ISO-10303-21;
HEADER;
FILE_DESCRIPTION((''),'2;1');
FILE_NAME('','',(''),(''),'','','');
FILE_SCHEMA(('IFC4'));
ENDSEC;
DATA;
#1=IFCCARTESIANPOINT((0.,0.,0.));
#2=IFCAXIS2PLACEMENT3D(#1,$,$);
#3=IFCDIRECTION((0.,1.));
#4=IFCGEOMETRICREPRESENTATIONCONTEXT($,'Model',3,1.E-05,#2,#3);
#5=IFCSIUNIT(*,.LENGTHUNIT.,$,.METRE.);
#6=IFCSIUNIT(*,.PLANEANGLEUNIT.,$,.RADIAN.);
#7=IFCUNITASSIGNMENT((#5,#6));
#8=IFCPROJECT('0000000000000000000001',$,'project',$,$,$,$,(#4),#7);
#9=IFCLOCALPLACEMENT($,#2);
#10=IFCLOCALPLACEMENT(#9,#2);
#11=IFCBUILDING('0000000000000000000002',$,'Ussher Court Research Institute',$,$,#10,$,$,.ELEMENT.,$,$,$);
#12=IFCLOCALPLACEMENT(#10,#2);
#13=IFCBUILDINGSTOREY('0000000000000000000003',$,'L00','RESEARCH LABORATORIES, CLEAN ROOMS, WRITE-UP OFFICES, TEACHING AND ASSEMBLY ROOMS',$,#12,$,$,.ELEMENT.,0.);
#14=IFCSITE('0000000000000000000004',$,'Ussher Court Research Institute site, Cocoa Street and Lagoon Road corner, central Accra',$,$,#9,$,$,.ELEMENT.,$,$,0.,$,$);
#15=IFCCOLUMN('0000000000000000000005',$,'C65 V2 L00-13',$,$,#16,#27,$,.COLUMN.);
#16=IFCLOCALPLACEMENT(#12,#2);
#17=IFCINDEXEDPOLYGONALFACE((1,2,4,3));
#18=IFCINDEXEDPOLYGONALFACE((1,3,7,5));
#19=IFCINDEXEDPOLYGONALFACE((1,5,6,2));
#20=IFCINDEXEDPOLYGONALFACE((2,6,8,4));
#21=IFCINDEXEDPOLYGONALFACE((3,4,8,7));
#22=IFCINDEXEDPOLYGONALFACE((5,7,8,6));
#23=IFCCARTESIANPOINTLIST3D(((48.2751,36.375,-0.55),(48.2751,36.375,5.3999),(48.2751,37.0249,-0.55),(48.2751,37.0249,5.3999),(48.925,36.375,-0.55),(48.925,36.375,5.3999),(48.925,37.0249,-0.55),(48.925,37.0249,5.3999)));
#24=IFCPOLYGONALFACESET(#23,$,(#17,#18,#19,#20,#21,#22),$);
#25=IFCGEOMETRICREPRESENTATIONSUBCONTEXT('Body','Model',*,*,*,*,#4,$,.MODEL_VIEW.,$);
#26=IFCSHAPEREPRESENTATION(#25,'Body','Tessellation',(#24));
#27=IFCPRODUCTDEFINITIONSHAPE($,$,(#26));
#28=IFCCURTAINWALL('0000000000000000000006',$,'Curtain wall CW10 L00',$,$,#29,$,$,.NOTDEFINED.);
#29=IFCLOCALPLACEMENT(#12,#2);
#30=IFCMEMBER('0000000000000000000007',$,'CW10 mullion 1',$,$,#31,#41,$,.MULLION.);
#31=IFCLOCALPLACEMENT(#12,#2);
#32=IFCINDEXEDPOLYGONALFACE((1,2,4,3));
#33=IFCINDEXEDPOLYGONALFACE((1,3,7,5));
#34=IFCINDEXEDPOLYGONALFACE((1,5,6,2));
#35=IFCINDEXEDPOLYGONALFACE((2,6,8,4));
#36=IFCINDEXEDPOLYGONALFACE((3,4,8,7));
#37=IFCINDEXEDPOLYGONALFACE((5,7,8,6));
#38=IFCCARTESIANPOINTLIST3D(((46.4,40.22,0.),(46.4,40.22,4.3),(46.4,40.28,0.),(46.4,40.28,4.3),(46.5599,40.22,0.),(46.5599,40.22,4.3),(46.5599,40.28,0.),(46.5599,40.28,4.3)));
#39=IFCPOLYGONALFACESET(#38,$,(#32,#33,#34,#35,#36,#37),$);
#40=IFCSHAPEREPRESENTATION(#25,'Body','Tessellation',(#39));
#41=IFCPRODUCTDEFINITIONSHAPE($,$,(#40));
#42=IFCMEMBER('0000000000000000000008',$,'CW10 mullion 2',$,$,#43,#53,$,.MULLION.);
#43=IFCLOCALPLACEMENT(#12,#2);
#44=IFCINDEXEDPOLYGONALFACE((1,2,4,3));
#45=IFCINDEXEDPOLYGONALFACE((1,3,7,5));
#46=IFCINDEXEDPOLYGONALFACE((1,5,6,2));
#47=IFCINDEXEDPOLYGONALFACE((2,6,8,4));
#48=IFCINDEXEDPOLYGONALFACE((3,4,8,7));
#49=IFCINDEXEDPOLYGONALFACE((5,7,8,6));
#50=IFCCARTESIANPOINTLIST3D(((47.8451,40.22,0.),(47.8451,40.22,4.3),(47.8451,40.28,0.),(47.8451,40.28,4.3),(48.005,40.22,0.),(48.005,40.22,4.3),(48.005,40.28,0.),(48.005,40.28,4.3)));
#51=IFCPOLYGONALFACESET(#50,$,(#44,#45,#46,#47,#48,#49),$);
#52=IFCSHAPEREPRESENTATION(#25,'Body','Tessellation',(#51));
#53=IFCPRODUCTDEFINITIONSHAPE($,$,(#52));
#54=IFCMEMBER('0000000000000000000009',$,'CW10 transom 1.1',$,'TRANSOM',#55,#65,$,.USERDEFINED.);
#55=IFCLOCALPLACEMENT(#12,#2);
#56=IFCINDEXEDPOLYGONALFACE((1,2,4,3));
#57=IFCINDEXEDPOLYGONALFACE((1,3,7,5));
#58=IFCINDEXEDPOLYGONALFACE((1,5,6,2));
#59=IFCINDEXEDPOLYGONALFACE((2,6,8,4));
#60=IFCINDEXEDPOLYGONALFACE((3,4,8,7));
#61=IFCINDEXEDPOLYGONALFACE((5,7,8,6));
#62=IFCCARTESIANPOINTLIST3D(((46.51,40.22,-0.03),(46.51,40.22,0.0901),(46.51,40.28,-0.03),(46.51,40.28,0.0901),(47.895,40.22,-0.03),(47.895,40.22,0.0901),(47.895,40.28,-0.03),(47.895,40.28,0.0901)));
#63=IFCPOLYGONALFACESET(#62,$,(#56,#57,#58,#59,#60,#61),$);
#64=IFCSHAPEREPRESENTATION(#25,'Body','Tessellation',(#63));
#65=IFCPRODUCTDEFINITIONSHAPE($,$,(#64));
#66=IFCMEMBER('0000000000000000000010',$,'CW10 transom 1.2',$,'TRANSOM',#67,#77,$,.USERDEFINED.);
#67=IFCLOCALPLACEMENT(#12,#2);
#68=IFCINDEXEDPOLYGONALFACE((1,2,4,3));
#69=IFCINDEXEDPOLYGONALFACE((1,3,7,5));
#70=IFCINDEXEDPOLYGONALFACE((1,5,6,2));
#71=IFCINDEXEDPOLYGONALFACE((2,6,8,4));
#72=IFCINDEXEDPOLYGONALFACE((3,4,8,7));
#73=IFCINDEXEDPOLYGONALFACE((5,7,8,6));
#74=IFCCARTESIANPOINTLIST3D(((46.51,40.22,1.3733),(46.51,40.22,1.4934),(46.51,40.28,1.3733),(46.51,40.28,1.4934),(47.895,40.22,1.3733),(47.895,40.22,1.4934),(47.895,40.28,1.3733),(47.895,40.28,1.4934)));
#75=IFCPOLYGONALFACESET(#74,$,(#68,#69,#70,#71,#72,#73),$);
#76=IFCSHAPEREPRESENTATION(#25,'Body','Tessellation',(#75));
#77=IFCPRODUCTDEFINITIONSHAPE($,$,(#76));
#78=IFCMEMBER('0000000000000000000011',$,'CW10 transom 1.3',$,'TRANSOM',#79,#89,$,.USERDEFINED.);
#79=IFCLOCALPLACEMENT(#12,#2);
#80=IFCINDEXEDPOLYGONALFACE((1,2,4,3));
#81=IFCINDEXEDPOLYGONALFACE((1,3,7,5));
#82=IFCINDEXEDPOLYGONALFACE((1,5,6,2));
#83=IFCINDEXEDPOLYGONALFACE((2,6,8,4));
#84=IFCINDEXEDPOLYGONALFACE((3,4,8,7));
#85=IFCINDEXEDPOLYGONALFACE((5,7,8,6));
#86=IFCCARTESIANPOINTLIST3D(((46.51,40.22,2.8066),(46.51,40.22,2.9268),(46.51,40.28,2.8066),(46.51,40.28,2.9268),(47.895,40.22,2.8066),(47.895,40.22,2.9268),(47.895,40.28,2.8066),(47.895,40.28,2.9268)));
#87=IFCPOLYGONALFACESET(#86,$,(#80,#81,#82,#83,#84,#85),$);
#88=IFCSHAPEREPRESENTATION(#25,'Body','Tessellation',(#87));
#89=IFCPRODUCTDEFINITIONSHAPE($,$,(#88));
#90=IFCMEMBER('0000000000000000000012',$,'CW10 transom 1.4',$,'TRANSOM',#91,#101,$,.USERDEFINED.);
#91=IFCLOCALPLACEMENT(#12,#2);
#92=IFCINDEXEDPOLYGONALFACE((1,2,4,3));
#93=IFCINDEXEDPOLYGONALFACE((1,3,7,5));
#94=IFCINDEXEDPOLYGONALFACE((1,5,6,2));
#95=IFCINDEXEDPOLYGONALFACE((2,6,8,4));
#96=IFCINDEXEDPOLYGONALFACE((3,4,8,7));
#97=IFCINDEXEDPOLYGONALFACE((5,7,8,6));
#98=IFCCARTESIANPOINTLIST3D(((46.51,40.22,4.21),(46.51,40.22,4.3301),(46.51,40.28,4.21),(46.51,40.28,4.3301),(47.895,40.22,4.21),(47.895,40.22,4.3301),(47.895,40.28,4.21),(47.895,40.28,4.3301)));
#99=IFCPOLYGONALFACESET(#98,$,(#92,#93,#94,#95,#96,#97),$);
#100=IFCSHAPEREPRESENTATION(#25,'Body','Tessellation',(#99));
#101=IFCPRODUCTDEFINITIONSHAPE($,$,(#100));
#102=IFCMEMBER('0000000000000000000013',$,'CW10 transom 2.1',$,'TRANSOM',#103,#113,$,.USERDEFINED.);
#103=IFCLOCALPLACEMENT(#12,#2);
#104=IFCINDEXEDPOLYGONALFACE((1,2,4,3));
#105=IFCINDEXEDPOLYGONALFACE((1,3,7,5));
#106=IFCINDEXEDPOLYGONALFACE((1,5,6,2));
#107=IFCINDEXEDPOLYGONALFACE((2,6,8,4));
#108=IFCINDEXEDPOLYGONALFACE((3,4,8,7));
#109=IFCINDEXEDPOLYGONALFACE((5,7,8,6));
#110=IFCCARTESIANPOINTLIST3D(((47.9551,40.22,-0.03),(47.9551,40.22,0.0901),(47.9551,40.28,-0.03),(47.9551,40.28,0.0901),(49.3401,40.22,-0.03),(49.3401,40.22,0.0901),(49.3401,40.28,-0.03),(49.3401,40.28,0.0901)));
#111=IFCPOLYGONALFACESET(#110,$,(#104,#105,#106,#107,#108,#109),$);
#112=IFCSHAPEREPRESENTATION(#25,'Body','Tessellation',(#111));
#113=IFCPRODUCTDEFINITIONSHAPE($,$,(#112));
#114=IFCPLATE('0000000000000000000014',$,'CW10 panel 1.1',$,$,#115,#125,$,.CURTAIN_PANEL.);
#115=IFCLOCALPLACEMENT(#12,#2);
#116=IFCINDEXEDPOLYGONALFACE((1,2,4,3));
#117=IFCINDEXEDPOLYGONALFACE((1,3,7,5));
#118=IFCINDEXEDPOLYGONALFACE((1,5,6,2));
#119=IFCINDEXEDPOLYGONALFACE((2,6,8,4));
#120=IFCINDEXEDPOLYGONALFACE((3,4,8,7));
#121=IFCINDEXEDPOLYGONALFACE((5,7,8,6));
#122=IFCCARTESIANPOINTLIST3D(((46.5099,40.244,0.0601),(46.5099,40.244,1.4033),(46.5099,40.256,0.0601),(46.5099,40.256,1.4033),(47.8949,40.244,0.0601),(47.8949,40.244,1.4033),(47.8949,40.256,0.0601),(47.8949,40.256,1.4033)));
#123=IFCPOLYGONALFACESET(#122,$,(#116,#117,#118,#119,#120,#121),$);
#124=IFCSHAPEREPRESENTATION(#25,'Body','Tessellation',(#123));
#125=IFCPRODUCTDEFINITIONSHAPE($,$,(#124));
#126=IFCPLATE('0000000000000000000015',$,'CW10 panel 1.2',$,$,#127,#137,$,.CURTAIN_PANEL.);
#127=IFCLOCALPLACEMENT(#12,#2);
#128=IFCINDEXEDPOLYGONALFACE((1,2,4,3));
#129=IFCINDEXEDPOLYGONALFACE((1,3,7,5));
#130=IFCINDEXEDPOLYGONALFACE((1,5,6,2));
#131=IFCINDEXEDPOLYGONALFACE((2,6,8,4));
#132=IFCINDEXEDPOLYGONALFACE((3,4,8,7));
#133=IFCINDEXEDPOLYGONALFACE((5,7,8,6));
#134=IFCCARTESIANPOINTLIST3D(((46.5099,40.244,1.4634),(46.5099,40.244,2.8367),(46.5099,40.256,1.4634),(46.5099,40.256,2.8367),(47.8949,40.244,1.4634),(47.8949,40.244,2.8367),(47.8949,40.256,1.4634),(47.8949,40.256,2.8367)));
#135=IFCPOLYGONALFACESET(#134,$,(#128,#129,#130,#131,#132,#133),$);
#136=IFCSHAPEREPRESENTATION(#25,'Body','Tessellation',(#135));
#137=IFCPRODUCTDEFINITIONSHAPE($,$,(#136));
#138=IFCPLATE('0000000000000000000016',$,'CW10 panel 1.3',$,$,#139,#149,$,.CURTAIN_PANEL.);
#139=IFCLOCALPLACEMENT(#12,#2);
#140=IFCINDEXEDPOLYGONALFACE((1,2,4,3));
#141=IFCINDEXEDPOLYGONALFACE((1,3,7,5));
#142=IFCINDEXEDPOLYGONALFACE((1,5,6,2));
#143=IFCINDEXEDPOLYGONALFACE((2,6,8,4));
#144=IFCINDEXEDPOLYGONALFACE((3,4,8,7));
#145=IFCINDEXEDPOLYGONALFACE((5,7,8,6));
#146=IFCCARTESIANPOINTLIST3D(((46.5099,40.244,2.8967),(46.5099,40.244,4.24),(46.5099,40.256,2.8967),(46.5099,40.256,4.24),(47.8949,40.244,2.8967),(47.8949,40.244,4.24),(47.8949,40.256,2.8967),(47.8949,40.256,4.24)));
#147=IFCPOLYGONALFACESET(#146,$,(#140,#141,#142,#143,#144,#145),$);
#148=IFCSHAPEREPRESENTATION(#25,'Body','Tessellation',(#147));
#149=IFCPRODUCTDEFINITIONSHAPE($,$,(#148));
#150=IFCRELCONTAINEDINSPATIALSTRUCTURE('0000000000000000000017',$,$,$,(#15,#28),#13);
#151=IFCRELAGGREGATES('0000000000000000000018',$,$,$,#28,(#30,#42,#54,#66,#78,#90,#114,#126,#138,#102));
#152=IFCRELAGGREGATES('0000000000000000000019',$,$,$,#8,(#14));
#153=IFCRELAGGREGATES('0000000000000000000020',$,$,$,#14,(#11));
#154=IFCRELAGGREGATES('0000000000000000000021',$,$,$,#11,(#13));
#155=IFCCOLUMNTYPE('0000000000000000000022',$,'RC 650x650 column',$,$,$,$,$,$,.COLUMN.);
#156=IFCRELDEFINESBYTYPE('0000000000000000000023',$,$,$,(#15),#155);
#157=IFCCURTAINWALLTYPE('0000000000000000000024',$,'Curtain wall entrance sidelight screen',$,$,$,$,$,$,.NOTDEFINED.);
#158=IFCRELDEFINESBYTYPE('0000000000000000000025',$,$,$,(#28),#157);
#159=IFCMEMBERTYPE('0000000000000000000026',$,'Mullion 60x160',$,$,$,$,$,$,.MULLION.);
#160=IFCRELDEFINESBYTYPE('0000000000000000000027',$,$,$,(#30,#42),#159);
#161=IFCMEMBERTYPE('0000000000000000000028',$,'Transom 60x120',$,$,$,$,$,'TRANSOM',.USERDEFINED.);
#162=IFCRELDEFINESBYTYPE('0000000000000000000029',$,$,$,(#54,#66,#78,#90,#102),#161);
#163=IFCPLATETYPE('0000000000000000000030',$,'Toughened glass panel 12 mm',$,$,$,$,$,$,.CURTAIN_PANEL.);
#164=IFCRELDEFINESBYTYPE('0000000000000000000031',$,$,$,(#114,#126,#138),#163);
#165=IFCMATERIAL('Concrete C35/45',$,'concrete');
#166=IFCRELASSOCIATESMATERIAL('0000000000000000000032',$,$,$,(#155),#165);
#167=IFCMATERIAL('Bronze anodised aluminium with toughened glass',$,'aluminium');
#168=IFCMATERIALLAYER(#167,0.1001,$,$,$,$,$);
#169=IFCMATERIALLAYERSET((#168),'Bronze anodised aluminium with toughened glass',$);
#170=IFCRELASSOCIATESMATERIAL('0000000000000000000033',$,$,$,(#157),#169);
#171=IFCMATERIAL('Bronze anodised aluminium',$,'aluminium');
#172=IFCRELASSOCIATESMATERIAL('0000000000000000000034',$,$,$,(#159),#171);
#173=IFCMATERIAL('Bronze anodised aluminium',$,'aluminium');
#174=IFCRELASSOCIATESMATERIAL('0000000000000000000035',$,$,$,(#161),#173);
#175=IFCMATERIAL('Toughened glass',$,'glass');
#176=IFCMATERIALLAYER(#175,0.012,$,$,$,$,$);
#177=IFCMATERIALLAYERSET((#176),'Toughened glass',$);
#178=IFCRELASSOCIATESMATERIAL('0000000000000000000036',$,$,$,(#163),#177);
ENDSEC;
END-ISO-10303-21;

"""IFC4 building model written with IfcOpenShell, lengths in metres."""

from ifc_helpers import new_model, si_unit, direction, frame, origin, origin_2d, place, context, subcontext, project, spatial, rectangle, extrude, material, layer, layer_set, material_profile, profile_set, type_object, element, aggregate, save


model = new_model("IFC4")

# Units and contexts
model_context = context("Model", 3, precision=1e-05, world=origin(), true_north=direction((0.0, 1.0)))
body_context = subcontext(model_context, "Body", "Model", "MODEL_VIEW")
ifc_project = project(units=[si_unit("LENGTHUNIT", "METRE"), si_unit("PLANEANGLEUNIT", "RADIAN")], contexts=[model_context])

# Site, building, storey
site_placement = place(None, origin())
site = spatial("IfcSite", under=ifc_project, at=site_placement, Name="Ussher Court Research Institute site, Cocoa Street and Lagoon Road corner, central Accra", CompositionType="ELEMENT", RefElevation=0.0)
building_placement = place(site_placement, origin())
building = spatial("IfcBuilding", under=site, at=building_placement, Name="Ussher Court Research Institute", CompositionType="ELEMENT")
storey_placement = place(building_placement, origin())
storey = spatial("IfcBuildingStorey", under=building, at=storey_placement, Name="L00", Description="RESEARCH LABORATORIES, CLEAN ROOMS, WRITE-UP OFFICES, TEACHING AND ASSEMBLY ROOMS", CompositionType="ELEMENT", Elevation=0.0)

# Column
ifc_material_1 = material(Name="Concrete C35/45", Category="concrete")
ifc_material_profile_1 = material_profile(ifc_material_1, rectangle(XDim=0.6499, YDim=0.6499, at=origin_2d()), Name="RC 650x650")
ifc_profile_set_1 = profile_set([ifc_material_profile_1], Name="Concrete C35/45")
column_type_1 = type_object("IfcColumnType", Name="RC 650x650 column", PredefinedType="COLUMN", material=ifc_profile_set_1)
column_1_placement = place(storey_placement, frame((48.6001, 36.7, -0.55), z_axis=(0.0, 0.0, 1.0), x_axis=(1.0, 0.0, 0.0)))
element("IfcColumn", 1, at=column_1_placement, inside=storey, type_object=column_type_1, Name="C65 V2 L00-13", PredefinedType="COLUMN", context=body_context, shape_type="SweptSolid", body=[
    extrude(rectangle(XDim=0.6499, YDim=0.6499, at=origin_2d()), origin(), (0.0, 0.0, 1.0), 5.95),
])

# Curtain wall, members, plates
ifc_material_2 = material(Name="Bronze anodised aluminium with toughened glass", Category="aluminium")
ifc_layer_1 = layer(ifc_material_2, 0.1001)
ifc_layer_set_1 = layer_set([ifc_layer_1], Name="Bronze anodised aluminium with toughened glass")
curtain_wall_type = type_object("IfcCurtainWallType", Name="Curtain wall entrance sidelight screen", PredefinedType="NOTDEFINED", material=ifc_layer_set_1)
curtain_wall_placement = place(storey_placement, origin())
curtain_wall = element("IfcCurtainWall", 2, at=curtain_wall_placement, inside=storey, type_object=curtain_wall_type, Name="Curtain wall CW10 L00", PredefinedType="NOTDEFINED")
ifc_material_3 = material(Name="Bronze anodised aluminium", Category="aluminium")
ifc_material_profile_2 = material_profile(ifc_material_3, rectangle(XDim=0.0601, YDim=0.1599, at=origin_2d()), Name="Mullion 60x160")
ifc_profile_set_2 = profile_set([ifc_material_profile_2], Name="Bronze anodised aluminium")
member_type_1 = type_object("IfcMemberType", Name="Mullion 60x160", PredefinedType="MULLION", material=ifc_profile_set_2)
member_1_placement = place(storey_placement, frame((46.48, 40.25, 0.0), z_axis=(0.0, 0.0, 1.0), x_axis=(0.0, 1.0, 0.0)))
member_1 = element("IfcMember", 3, at=member_1_placement, type_object=member_type_1, Name="CW10 mullion 1", PredefinedType="MULLION", context=body_context, shape_type="SweptSolid", body=[
    extrude(rectangle(XDim=0.0601, YDim=0.1599, at=origin_2d()), origin(), (0.0, 0.0, 1.0), 4.3),
])
member_2_placement = place(storey_placement, frame((47.925, 40.25, 0.0), z_axis=(0.0, 0.0, 1.0), x_axis=(0.0, 1.0, 0.0)))
member_2 = element("IfcMember", 4, at=member_2_placement, type_object=member_type_1, Name="CW10 mullion 2", PredefinedType="MULLION", context=body_context, shape_type="SweptSolid", body=[
    extrude(rectangle(XDim=0.0601, YDim=0.1599, at=origin_2d()), origin(), (0.0, 0.0, 1.0), 4.3),
])
ifc_material_4 = material(Name="Bronze anodised aluminium", Category="aluminium")
ifc_material_profile_3 = material_profile(ifc_material_4, rectangle(XDim=0.0601, YDim=0.1201, at=origin_2d()), Name="Transom 60x120")
ifc_profile_set_3 = profile_set([ifc_material_profile_3], Name="Bronze anodised aluminium")
member_type_2 = type_object("IfcMemberType", Name="Transom 60x120", ElementType="TRANSOM", PredefinedType="USERDEFINED", material=ifc_profile_set_3)
member_3_placement = place(storey_placement, frame((46.51, 40.25, 0.03), z_axis=(1.0, 0.0, 0.0), x_axis=(0.0, 1.0, 0.0)))
member_3 = element("IfcMember", 5, at=member_3_placement, type_object=member_type_2, Name="CW10 transom 1.1", ObjectType="TRANSOM", PredefinedType="USERDEFINED", context=body_context, shape_type="SweptSolid", body=[
    extrude(rectangle(XDim=0.0601, YDim=0.1201, at=origin_2d()), origin(), (0.0, 0.0, 1.0), 1.385),
])
member_4_placement = place(storey_placement, frame((46.51, 40.25, 1.4333), z_axis=(1.0, 0.0, 0.0), x_axis=(0.0, 1.0, 0.0)))
member_4 = element("IfcMember", 6, at=member_4_placement, type_object=member_type_2, Name="CW10 transom 1.2", ObjectType="TRANSOM", PredefinedType="USERDEFINED", context=body_context, shape_type="SweptSolid", body=[
    extrude(rectangle(XDim=0.0601, YDim=0.1201, at=origin_2d()), origin(), (0.0, 0.0, 1.0), 1.385),
])
member_5_placement = place(storey_placement, frame((46.51, 40.25, 2.8667), z_axis=(1.0, 0.0, 0.0), x_axis=(0.0, 1.0, 0.0)))
member_5 = element("IfcMember", 7, at=member_5_placement, type_object=member_type_2, Name="CW10 transom 1.3", ObjectType="TRANSOM", PredefinedType="USERDEFINED", context=body_context, shape_type="SweptSolid", body=[
    extrude(rectangle(XDim=0.0601, YDim=0.1201, at=origin_2d()), origin(), (0.0, 0.0, 1.0), 1.385),
])
member_6_placement = place(storey_placement, frame((46.51, 40.25, 4.27), z_axis=(1.0, 0.0, 0.0), x_axis=(0.0, 1.0, 0.0)))
member_6 = element("IfcMember", 8, at=member_6_placement, type_object=member_type_2, Name="CW10 transom 1.4", ObjectType="TRANSOM", PredefinedType="USERDEFINED", context=body_context, shape_type="SweptSolid", body=[
    extrude(rectangle(XDim=0.0601, YDim=0.1201, at=origin_2d()), origin(), (0.0, 0.0, 1.0), 1.385),
])
member_7_placement = place(storey_placement, frame((47.9551, 40.25, 0.03), z_axis=(1.0, 0.0, 0.0), x_axis=(0.0, 1.0, 0.0)))
member_7 = element("IfcMember", 9, at=member_7_placement, type_object=member_type_2, Name="CW10 transom 2.1", ObjectType="TRANSOM", PredefinedType="USERDEFINED", context=body_context, shape_type="SweptSolid", body=[
    extrude(rectangle(XDim=0.0601, YDim=0.1201, at=origin_2d()), origin(), (0.0, 0.0, 1.0), 1.385),
])
ifc_material_5 = material(Name="Toughened glass", Category="glass")
ifc_layer_2 = layer(ifc_material_5, 0.012)
ifc_layer_set_2 = layer_set([ifc_layer_2], Name="Toughened glass")
plate_type = type_object("IfcPlateType", Name="Toughened glass panel 12 mm", PredefinedType="CURTAIN_PANEL", material=ifc_layer_set_2)
plate_1_placement = place(storey_placement, frame((47.2024, 40.25, 0.0601), z_axis=(0.0, 0.0, 1.0), x_axis=(1.0, 0.0, 0.0)))
plate_1 = element("IfcPlate", 10, at=plate_1_placement, type_object=plate_type, Name="CW10 panel 1.1", PredefinedType="CURTAIN_PANEL", context=body_context, shape_type="SweptSolid", body=[
    extrude(rectangle(XDim=1.385, YDim=0.012, at=origin_2d()), origin(), (0.0, 0.0, 1.0), 1.3433),
])
plate_2_placement = place(storey_placement, frame((47.2024, 40.25, 1.4634), z_axis=(0.0, 0.0, 1.0), x_axis=(1.0, 0.0, 0.0)))
plate_2 = element("IfcPlate", 11, at=plate_2_placement, type_object=plate_type, Name="CW10 panel 1.2", PredefinedType="CURTAIN_PANEL", context=body_context, shape_type="SweptSolid", body=[
    extrude(rectangle(XDim=1.385, YDim=0.012, at=origin_2d()), origin(), (0.0, 0.0, 1.0), 1.3733),
])
plate_3_placement = place(storey_placement, frame((47.2024, 40.25, 2.8967), z_axis=(0.0, 0.0, 1.0), x_axis=(1.0, 0.0, 0.0)))
plate_3 = element("IfcPlate", 12, at=plate_3_placement, type_object=plate_type, Name="CW10 panel 1.3", PredefinedType="CURTAIN_PANEL", context=body_context, shape_type="SweptSolid", body=[
    extrude(rectangle(XDim=1.385, YDim=0.012, at=origin_2d()), origin(), (0.0, 0.0, 1.0), 1.3433),
])
aggregate(curtain_wall, [member_1, member_2, member_3, member_4, member_5, member_6, plate_1, plate_2, plate_3, member_7])

save(model, "model.ifc")
